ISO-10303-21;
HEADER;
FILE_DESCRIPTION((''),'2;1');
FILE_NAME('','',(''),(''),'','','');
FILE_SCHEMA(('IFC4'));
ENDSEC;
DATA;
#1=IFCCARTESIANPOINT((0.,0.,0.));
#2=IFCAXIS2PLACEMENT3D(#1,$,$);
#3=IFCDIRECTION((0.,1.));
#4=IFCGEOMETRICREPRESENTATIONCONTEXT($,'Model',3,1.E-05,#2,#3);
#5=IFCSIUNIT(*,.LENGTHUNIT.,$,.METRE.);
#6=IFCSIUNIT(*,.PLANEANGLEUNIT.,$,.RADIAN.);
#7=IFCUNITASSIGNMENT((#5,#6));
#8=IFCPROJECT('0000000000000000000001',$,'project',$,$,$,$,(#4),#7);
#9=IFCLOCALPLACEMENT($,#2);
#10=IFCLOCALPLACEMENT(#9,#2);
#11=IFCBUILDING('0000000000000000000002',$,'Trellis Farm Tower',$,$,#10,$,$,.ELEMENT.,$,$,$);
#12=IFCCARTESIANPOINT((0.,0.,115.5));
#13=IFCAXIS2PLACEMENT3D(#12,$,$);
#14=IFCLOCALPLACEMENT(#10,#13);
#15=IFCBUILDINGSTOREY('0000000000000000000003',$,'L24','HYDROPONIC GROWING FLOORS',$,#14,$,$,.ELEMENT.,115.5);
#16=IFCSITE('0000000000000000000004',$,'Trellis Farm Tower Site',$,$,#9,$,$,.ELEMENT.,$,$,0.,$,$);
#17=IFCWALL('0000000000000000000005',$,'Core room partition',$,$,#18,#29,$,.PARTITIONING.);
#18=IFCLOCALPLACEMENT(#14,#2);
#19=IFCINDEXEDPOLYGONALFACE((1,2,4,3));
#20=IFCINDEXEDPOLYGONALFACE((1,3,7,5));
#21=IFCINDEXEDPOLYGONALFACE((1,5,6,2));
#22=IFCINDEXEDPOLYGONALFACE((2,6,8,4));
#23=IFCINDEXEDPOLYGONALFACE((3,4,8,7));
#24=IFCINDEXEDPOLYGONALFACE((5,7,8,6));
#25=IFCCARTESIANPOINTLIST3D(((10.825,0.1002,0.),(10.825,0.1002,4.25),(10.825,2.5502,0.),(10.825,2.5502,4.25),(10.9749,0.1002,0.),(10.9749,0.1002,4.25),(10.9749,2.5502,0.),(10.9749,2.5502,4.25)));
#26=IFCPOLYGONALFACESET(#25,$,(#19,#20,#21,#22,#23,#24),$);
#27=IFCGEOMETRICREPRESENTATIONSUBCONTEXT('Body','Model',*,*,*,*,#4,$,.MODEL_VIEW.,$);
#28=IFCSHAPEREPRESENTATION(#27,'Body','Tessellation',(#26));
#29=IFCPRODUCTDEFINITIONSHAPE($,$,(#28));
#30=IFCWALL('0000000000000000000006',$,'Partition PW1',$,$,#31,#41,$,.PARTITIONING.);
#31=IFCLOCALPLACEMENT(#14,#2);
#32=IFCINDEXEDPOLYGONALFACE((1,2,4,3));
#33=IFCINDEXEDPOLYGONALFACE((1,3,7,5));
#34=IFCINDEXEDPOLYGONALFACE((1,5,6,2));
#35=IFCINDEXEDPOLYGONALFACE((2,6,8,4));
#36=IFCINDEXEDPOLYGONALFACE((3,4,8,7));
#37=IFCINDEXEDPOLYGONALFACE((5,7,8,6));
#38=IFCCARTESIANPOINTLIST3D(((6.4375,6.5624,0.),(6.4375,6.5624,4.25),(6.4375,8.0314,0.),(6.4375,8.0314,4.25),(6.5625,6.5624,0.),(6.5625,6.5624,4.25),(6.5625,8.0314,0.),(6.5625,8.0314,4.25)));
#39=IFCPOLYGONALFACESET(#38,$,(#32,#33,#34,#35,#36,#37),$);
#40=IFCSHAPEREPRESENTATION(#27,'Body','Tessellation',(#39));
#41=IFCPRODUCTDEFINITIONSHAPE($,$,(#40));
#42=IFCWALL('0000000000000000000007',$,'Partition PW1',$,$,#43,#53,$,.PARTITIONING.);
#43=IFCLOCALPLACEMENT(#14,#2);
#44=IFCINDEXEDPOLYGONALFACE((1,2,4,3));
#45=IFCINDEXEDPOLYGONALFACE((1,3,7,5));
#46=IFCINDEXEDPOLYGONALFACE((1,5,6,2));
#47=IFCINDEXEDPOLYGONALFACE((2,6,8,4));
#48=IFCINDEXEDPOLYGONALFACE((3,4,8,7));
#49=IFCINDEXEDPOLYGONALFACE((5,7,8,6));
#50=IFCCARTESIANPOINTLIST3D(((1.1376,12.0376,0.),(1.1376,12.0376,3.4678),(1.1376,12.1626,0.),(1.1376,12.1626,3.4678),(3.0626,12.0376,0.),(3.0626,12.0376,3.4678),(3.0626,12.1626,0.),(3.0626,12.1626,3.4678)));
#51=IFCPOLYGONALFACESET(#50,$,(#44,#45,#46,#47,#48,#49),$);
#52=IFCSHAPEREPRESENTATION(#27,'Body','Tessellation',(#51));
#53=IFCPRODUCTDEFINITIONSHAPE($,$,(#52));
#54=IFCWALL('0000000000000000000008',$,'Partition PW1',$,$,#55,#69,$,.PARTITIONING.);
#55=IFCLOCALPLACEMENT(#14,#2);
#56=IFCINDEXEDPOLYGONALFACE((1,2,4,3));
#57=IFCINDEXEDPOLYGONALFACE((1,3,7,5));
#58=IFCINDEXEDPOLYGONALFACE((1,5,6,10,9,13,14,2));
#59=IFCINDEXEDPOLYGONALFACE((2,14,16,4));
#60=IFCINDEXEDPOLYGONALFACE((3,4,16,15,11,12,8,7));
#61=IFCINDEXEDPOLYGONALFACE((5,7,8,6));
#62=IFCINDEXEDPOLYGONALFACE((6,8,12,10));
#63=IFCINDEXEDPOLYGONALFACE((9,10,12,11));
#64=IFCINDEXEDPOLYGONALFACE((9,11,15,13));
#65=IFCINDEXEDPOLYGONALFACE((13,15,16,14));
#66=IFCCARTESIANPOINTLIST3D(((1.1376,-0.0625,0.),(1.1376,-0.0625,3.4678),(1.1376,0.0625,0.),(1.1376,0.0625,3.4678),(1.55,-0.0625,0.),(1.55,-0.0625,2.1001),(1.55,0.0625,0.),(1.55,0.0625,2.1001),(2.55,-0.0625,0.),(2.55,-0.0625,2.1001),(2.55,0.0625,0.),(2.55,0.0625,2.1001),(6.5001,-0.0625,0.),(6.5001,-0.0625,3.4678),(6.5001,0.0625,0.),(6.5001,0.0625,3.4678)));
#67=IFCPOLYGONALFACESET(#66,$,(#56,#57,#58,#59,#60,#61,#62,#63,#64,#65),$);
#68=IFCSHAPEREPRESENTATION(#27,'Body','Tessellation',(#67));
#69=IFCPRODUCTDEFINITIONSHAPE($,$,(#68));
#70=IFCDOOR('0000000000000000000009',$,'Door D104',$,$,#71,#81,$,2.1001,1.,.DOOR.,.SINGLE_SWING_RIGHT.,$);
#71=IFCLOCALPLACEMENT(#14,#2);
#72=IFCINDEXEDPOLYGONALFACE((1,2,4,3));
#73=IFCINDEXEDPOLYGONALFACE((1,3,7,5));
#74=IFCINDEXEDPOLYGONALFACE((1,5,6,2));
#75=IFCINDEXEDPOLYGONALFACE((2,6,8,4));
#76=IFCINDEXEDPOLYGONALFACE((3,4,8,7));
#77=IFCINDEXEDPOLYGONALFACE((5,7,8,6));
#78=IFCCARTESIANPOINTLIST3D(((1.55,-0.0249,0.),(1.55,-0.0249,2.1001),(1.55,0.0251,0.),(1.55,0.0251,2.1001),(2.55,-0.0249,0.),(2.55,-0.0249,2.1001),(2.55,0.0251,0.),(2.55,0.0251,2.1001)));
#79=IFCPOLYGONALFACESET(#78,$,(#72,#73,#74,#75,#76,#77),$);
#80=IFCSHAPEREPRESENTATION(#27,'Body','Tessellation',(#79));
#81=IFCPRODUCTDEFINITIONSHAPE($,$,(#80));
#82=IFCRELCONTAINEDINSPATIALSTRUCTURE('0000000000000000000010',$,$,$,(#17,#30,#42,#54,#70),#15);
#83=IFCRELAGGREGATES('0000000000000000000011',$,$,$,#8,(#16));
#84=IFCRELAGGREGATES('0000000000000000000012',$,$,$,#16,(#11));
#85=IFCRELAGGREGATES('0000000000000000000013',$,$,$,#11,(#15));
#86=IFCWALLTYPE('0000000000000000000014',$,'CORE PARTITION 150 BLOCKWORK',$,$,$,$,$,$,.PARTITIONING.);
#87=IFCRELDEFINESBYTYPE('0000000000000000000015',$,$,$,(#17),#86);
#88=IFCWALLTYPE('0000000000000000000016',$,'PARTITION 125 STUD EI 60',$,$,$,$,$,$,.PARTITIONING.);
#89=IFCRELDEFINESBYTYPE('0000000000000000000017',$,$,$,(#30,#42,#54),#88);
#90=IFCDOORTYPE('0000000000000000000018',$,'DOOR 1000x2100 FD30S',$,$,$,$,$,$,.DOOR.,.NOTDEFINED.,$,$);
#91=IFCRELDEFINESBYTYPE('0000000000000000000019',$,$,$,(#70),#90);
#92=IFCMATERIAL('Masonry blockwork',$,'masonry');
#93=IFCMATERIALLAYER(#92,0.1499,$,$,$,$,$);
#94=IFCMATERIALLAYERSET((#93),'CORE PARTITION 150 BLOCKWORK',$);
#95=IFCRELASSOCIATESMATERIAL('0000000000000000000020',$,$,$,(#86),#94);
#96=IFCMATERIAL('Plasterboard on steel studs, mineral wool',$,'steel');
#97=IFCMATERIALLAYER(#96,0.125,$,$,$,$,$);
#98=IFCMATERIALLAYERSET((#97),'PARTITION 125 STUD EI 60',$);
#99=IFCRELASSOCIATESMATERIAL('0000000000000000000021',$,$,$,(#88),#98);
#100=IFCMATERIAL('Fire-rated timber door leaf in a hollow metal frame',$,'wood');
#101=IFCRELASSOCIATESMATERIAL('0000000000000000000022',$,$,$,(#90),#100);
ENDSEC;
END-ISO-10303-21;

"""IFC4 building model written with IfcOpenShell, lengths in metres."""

from ifc_helpers import new_model, si_unit, direction, frame, frame_2d, origin, place, context, subcontext, project, spatial, rectangle, extrude, source, transform, mapped, material, layer, layer_set, type_object, element, fill, save


model = new_model("IFC4")

# Units and contexts
model_context = context("Model", 3, precision=1e-05, world=origin(), true_north=direction((0.0, 1.0)))
body_context = subcontext(model_context, "Body", "Model", "MODEL_VIEW")
ifc_project = project(units=[si_unit("LENGTHUNIT", "METRE"), si_unit("PLANEANGLEUNIT", "RADIAN")], contexts=[model_context])

# Site, building, storey
site_placement = place(None, origin())
site = spatial("IfcSite", under=ifc_project, at=site_placement, Name="Trellis Farm Tower Site", CompositionType="ELEMENT", RefElevation=0.0)
building_placement = place(site_placement, origin())
building = spatial("IfcBuilding", under=site, at=building_placement, Name="Trellis Farm Tower", CompositionType="ELEMENT")
storey_placement = place(building_placement, frame((0.0, 0.0, 115.5)))
storey = spatial("IfcBuildingStorey", under=building, at=storey_placement, Name="L24", Description="HYDROPONIC GROWING FLOORS", CompositionType="ELEMENT", Elevation=115.5)

# Walls
ifc_material_1 = material(Name="Masonry blockwork", Category="masonry")
ifc_layer_1 = layer(ifc_material_1, 0.1499)
ifc_layer_set_1 = layer_set([ifc_layer_1], Name="CORE PARTITION 150 BLOCKWORK")
wall_type_1 = type_object("IfcWallType", Name="CORE PARTITION 150 BLOCKWORK", PredefinedType="PARTITIONING", material=ifc_layer_set_1)
shared_shape_1 = source(origin(), body_context, "Body", "SweptSolid", [
    extrude(rectangle(XDim=2.45, YDim=0.1499, at=frame_2d((1.2251, 0.0))), origin(), (0.0, 0.0, 1.0), 4.25),
])
for number, where, z_axis, x_axis, name in (
    (1, (10.8999, 0.1001, 0.0), (0.0, 0.0, 1.0), (0.0, 1.0, 0.0), "Core room partition"),
):
    element("IfcWall", number, at=place(storey_placement, frame(where, z_axis=z_axis, x_axis=x_axis)), inside=storey, type_object=wall_type_1, Name=name, PredefinedType="PARTITIONING", context=body_context, shape_type="MappedRepresentation", body=[
        mapped(shared_shape_1, transform((0.0, 0.0, 0.0))),
    ])
ifc_material_2 = material(Name="Plasterboard on steel studs, mineral wool", Category="steel")
ifc_layer_2 = layer(ifc_material_2, 0.125)
ifc_layer_set_2 = layer_set([ifc_layer_2], Name="PARTITION 125 STUD EI 60")
wall_type_2 = type_object("IfcWallType", Name="PARTITION 125 STUD EI 60", PredefinedType="PARTITIONING", material=ifc_layer_set_2)
shared_shape_2 = source(origin(), body_context, "Body", "SweptSolid", [
    extrude(rectangle(XDim=1.469, YDim=0.125, at=frame_2d((0.7344, 0.0))), origin(), (0.0, 0.0, 1.0), 4.25),
])
wall_1_placement = place(storey_placement, frame((6.5, 6.5625, 0.0), z_axis=(0.0, 0.0, 1.0), x_axis=(0.0, 1.0, 0.0)))
element("IfcWall", 2, at=wall_1_placement, inside=storey, type_object=wall_type_2, Name="Partition PW1", PredefinedType="PARTITIONING", context=body_context, shape_type="MappedRepresentation", body=[
    mapped(shared_shape_2, transform((0.0, 0.0, 0.0))),
])
shared_shape_3 = source(origin(), body_context, "Body", "SweptSolid", [
    extrude(rectangle(XDim=1.925, YDim=0.125, at=frame_2d((0.9624, 0.0))), origin(), (0.0, 0.0, 1.0), 3.4678),
])
wall_2_placement = place(storey_placement, frame((3.0625, 12.1001, 0.0), z_axis=(0.0, 0.0, 1.0), x_axis=(-1.0, 0.0, 0.0)))
element("IfcWall", 3, at=wall_2_placement, inside=storey, type_object=wall_type_2, Name="Partition PW1", PredefinedType="PARTITIONING", context=body_context, shape_type="MappedRepresentation", body=[
    mapped(shared_shape_3, transform((0.0, 0.0, 0.0))),
])

# Wall, opening, door
shared_shape_4 = source(origin(), body_context, "Body", "SweptSolid", [
    extrude(rectangle(XDim=5.3625, YDim=0.125, at=frame_2d((2.6812, 0.0))), origin(), (0.0, 0.0, 1.0), 3.4678),
])
wall_3_placement = place(storey_placement, frame((6.5, 0.0, 0.0), z_axis=(0.0, 0.0, 1.0), x_axis=(-1.0, 0.0, 0.0)))
wall_3 = element("IfcWall", 4, at=wall_3_placement, inside=storey, type_object=wall_type_2, Name="Partition PW1", PredefinedType="PARTITIONING", context=body_context, shape_type="MappedRepresentation", body=[
    mapped(shared_shape_4, transform((0.0, 0.0, 0.0))),
])
shared_shape_5 = source(origin(), body_context, "Body", "SweptSolid", [
    extrude(rectangle(XDim=1.0, YDim=2.1001, at=frame_2d((0.5, 1.05))), frame((0.0, 0.0725, 0.0), z_axis=(0.0, -1.0, 0.0), x_axis=(1.0, 0.0, 0.0)), (0.0, 0.0, 1.0), 0.145),
])
opening_1_placement = place(wall_3_placement, frame((3.95, 0.0, 0.0)))
opening_1 = element("IfcOpeningElement", 5, at=opening_1_placement, cuts=wall_3, PredefinedType="OPENING", context=body_context, shape_type="MappedRepresentation", body=[
    mapped(shared_shape_5, transform((0.0, 0.0, 0.0))),
])
ifc_material_3 = material(Name="Fire-rated timber door leaf in a hollow metal frame", Category="wood")
door_type_1 = type_object("IfcDoorType", Name="DOOR 1000x2100 FD30S", OperationType="NOTDEFINED", PredefinedType="DOOR", material=ifc_material_3)
shared_shape_6 = source(origin(), body_context, "Body", "SweptSolid", [
    extrude(rectangle(XDim=1.0, YDim=2.1001, at=frame_2d((0.5, 1.05))), frame((0.0, 0.0249, 0.0), z_axis=(0.0, -1.0, 0.0), x_axis=(1.0, 0.0, 0.0)), (0.0, 0.0, 1.0), 0.05),
])
door_1_placement = place(opening_1_placement, origin())
door_1 = element("IfcDoor", 6, at=door_1_placement, inside=storey, type_object=door_type_1, Name="Door D104", OperationType="SINGLE_SWING_RIGHT", OverallHeight=2.1001, OverallWidth=1.0, PredefinedType="DOOR", context=body_context, shape_type="MappedRepresentation", body=[
    mapped(shared_shape_6, transform((0.0, 0.0, 0.0))),
])
fill(opening_1, door_1)

save(model, "model.ifc")
